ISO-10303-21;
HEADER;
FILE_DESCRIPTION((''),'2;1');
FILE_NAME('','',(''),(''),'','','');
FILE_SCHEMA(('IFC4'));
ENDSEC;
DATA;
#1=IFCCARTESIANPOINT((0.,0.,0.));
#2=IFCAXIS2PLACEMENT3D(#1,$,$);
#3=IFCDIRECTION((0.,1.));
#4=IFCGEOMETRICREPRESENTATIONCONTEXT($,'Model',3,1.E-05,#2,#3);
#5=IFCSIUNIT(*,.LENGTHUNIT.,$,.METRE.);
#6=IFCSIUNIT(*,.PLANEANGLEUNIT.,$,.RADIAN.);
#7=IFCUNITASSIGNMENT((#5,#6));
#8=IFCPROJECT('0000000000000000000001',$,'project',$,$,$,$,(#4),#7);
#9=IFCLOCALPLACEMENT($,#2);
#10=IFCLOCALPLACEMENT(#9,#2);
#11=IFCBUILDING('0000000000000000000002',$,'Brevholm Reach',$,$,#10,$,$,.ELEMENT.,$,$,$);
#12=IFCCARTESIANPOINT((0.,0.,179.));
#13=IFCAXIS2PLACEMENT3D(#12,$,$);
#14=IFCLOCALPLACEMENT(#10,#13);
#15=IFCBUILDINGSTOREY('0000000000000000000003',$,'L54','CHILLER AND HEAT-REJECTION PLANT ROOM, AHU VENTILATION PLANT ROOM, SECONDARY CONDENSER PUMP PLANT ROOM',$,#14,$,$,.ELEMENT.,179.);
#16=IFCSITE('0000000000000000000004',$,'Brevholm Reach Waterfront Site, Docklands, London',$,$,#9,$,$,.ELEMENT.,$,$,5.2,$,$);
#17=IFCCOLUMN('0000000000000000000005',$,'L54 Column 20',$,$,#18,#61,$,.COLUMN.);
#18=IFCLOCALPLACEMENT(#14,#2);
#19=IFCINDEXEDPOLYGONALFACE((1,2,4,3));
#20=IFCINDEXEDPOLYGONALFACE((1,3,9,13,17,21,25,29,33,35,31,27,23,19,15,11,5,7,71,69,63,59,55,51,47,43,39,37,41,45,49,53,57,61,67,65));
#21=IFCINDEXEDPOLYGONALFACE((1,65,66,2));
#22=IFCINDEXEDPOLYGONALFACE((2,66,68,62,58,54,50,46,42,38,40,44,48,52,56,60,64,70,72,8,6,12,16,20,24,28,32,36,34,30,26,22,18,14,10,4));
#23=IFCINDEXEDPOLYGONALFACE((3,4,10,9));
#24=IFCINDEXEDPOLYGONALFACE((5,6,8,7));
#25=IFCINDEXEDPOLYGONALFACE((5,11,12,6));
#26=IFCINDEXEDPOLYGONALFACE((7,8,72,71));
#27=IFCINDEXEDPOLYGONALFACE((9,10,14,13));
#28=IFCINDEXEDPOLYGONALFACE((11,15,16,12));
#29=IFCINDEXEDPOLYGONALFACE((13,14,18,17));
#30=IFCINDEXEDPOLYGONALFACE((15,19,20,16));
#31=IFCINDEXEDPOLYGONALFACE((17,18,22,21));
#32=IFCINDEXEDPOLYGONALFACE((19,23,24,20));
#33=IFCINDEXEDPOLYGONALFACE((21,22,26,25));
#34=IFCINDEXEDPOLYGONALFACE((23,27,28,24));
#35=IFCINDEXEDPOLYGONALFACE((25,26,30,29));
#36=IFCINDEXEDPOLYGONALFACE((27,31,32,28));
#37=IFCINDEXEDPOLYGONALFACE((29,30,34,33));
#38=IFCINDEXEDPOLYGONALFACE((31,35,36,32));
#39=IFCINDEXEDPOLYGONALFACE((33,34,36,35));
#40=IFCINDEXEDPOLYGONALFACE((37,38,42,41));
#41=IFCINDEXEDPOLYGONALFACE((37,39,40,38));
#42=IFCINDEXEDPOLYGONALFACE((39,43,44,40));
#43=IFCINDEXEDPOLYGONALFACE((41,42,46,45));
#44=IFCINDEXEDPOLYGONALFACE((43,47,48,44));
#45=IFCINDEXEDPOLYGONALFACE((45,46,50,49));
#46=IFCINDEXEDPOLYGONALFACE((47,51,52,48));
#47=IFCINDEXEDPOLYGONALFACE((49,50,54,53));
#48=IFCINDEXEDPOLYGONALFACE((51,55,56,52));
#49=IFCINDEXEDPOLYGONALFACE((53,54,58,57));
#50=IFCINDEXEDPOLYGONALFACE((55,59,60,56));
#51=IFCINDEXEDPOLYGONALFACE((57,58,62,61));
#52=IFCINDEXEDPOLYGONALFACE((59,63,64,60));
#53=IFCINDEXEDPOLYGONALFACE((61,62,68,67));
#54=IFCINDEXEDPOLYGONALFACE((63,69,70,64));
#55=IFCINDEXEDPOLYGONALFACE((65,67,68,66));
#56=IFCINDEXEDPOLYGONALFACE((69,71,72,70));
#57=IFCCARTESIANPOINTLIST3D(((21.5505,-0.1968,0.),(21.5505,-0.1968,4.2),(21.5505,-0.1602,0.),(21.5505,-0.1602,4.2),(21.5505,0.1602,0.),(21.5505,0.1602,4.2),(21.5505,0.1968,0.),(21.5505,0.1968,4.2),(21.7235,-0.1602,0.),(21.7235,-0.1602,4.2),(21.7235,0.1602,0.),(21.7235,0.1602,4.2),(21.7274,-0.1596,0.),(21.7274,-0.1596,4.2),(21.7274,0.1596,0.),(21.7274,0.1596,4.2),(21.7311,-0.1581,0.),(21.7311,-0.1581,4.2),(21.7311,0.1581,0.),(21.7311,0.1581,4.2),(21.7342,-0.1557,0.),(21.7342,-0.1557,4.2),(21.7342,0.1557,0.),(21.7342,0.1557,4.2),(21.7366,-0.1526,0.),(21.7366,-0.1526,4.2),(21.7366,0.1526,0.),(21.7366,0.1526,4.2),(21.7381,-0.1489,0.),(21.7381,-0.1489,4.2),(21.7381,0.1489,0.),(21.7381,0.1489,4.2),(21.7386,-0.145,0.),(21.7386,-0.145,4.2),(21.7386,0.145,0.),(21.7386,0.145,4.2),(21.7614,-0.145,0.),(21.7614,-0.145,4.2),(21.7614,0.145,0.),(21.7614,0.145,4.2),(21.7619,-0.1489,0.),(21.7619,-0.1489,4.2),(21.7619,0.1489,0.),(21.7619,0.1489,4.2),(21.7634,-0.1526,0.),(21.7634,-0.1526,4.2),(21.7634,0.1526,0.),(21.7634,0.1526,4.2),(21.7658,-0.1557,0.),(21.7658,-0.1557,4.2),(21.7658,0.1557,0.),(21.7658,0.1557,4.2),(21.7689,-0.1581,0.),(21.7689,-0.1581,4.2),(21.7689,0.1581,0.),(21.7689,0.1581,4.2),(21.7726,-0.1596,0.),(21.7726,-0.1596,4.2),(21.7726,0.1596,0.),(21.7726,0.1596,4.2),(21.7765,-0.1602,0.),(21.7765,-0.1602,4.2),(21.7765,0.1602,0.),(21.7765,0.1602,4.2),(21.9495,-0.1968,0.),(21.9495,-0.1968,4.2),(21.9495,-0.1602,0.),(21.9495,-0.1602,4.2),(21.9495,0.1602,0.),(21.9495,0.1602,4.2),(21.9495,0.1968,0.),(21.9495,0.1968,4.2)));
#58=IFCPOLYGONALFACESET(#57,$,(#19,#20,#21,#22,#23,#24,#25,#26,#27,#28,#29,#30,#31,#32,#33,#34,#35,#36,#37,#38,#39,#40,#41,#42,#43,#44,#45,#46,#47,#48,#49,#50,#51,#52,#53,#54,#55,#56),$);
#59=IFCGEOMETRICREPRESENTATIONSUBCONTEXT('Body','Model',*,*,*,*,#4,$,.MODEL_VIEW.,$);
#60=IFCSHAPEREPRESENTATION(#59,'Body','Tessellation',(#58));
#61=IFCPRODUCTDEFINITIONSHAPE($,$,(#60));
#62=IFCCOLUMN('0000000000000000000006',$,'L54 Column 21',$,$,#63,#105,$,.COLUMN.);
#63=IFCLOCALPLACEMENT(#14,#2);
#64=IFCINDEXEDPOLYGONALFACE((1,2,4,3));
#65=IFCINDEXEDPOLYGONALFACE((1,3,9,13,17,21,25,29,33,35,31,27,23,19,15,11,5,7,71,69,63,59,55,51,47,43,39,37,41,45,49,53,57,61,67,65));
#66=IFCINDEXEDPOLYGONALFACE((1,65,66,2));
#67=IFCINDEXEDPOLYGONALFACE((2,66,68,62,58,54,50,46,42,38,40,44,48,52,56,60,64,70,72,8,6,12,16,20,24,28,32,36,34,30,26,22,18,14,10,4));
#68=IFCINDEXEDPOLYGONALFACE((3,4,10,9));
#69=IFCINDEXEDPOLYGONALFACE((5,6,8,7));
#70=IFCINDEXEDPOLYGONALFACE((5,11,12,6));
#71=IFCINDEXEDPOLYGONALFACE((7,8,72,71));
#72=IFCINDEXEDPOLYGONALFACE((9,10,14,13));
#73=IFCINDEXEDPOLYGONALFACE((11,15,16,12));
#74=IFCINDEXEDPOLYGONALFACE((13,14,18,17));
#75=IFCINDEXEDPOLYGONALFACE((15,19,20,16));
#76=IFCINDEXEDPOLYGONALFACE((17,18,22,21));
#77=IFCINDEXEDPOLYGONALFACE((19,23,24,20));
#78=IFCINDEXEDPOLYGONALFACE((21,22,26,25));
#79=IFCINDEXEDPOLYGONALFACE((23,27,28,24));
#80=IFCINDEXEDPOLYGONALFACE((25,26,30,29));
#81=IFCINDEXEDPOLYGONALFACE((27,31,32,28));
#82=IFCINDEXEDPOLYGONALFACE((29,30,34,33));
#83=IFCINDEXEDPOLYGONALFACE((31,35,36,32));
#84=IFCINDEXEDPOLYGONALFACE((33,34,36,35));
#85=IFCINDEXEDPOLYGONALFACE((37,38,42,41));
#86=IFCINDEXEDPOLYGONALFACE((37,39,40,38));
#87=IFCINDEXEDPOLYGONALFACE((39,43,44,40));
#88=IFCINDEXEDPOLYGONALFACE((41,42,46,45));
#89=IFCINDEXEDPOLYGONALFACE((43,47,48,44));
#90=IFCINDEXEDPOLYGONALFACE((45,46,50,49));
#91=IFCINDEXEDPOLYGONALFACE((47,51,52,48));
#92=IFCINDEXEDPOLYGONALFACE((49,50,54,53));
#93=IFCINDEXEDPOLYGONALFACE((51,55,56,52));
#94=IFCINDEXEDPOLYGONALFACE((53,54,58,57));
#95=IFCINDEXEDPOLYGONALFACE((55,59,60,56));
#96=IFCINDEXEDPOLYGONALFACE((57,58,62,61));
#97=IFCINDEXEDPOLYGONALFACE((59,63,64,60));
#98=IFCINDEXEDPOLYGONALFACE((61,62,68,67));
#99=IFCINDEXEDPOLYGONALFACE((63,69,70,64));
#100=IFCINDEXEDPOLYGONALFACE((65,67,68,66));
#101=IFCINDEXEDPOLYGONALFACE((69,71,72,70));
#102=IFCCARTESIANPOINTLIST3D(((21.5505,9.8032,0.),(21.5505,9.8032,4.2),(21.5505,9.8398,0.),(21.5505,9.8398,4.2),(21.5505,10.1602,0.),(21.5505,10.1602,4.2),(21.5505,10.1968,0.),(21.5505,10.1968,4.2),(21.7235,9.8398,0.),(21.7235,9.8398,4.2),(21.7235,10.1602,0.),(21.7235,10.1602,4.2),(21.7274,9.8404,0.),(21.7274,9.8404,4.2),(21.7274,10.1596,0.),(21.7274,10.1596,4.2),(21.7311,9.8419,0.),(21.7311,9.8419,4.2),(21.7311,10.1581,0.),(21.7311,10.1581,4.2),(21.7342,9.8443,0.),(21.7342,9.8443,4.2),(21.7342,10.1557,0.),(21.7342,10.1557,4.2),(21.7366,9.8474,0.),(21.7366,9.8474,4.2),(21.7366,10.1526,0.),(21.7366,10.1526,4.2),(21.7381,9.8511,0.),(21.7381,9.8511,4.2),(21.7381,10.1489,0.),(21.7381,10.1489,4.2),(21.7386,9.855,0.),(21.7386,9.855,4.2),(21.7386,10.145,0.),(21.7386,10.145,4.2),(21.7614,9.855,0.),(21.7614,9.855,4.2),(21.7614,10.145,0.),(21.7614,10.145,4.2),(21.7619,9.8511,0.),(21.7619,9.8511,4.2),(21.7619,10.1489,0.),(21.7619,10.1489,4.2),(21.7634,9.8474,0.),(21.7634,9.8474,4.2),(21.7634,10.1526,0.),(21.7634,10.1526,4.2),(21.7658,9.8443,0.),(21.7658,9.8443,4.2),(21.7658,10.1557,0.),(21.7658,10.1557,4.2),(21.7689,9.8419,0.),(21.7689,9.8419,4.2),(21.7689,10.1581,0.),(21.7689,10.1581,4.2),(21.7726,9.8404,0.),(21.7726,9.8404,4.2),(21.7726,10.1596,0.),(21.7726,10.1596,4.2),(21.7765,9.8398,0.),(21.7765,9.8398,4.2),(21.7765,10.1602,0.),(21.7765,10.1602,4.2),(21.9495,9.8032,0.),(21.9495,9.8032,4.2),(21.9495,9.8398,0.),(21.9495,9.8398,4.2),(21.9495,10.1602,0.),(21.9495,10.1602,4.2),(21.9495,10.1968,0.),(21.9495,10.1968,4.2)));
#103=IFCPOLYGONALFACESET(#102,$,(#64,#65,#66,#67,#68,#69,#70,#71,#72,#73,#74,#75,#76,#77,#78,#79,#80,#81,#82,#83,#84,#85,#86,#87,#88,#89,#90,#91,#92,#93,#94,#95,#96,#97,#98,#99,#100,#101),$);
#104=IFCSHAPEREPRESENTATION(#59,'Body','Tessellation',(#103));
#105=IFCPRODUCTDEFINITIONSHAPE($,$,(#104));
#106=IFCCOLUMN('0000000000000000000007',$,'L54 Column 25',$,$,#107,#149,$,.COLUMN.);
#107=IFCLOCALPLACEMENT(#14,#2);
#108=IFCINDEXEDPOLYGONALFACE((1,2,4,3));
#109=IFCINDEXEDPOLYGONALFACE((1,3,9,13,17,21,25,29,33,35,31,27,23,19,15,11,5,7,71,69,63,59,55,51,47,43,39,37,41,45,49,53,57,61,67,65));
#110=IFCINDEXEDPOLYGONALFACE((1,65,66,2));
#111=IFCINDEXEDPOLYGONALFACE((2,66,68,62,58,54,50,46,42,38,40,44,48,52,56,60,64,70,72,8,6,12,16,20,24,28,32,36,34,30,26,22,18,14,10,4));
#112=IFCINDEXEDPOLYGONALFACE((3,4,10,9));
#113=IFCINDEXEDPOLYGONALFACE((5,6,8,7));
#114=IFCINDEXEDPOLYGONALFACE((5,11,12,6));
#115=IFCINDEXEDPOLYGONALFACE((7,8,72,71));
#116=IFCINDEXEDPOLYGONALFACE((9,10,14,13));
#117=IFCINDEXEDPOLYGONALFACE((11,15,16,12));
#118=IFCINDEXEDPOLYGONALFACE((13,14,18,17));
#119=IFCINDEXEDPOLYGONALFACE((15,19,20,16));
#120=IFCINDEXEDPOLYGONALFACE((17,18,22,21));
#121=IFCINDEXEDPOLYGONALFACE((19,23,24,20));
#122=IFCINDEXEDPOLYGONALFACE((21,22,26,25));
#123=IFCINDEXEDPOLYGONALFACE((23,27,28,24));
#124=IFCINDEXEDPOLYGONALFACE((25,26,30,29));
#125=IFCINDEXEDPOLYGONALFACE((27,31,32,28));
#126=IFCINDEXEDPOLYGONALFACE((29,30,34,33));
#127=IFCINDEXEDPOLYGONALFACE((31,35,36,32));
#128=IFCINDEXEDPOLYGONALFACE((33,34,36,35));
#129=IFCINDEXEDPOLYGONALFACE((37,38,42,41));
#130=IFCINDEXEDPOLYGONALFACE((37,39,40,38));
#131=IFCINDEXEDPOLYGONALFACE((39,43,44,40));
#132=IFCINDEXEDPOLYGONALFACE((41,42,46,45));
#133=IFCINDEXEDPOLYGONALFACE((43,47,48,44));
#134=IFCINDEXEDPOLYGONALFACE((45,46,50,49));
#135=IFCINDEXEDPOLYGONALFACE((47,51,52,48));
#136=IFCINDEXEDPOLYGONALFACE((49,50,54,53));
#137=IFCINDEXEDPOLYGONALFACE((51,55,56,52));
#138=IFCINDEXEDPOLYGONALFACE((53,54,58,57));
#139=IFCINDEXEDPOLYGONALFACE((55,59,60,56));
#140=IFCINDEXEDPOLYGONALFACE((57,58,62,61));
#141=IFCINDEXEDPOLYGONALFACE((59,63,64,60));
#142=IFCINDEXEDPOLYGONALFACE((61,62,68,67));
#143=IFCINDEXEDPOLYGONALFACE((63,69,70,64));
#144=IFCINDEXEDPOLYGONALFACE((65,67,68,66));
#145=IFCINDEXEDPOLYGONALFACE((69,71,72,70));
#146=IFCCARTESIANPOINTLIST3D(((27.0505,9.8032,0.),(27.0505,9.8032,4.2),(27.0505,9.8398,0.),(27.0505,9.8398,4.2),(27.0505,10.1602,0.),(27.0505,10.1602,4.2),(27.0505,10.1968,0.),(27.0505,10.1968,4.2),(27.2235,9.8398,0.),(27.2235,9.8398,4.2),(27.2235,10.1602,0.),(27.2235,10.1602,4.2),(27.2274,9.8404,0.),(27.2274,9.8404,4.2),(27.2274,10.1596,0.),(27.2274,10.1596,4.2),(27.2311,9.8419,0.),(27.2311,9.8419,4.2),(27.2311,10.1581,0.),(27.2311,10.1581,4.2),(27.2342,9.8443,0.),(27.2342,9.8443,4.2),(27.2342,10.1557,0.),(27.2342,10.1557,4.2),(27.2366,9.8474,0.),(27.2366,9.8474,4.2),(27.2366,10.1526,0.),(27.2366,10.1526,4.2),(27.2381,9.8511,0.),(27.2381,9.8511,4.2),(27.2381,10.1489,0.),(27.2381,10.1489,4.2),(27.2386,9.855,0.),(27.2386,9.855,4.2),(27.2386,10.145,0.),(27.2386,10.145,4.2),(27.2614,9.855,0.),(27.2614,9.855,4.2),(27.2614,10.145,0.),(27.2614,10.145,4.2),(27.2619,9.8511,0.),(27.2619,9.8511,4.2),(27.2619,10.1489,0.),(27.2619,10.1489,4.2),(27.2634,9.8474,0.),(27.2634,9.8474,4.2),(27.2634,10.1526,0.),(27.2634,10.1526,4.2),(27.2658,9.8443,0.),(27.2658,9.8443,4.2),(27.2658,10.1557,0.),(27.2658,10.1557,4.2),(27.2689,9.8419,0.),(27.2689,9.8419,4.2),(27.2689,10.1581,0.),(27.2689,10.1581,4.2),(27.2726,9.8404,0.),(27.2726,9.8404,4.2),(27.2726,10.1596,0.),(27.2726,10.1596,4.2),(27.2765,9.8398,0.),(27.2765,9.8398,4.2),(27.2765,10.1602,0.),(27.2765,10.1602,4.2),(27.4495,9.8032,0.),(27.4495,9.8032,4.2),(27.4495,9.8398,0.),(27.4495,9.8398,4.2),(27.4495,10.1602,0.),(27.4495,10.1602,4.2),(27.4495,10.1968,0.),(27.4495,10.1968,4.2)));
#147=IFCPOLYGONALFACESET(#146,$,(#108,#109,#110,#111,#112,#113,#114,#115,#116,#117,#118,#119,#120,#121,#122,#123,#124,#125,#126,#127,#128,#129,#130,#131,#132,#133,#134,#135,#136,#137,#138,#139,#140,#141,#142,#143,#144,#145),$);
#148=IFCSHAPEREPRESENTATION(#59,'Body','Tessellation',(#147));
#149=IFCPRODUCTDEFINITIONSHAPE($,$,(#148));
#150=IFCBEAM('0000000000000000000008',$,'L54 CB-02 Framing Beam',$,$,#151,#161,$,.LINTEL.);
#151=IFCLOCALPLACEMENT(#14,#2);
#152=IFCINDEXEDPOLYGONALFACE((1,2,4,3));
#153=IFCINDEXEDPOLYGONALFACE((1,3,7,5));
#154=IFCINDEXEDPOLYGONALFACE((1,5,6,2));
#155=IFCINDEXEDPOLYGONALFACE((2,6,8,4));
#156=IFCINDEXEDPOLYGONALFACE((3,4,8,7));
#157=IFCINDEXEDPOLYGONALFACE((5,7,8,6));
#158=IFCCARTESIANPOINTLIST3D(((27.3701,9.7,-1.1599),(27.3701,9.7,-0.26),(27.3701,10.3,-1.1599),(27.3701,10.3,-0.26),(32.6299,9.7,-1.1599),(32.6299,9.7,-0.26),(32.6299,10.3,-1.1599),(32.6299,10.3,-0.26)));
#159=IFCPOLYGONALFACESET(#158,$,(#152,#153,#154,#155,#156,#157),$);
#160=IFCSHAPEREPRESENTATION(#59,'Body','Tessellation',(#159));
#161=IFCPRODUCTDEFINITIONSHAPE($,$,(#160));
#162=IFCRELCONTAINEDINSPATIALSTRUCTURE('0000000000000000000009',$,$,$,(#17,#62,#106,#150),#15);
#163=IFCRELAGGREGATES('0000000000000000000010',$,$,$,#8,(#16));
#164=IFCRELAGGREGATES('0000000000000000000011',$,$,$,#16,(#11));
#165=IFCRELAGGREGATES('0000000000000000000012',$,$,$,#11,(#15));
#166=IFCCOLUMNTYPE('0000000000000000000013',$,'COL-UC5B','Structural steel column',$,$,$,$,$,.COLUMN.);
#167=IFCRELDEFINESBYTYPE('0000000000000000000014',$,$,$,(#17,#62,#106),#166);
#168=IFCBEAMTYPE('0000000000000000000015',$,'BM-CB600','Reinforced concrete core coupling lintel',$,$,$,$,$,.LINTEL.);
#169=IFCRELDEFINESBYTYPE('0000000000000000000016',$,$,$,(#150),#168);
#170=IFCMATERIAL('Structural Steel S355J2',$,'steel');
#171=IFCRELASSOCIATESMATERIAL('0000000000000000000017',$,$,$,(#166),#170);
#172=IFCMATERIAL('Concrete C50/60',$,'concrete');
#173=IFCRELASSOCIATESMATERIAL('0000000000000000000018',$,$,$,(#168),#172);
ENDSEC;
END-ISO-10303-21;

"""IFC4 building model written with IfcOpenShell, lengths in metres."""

from ifc_helpers import new_model, si_unit, direction, frame, origin, origin_2d, place, context, subcontext, project, spatial, rectangle, i_section, extrude, material, material_profile, profile_set, type_object, element, save


model = new_model("IFC4")

# Units and contexts
model_context = context("Model", 3, precision=1e-05, world=origin(), true_north=direction((0.0, 1.0)))
body_context = subcontext(model_context, "Body", "Model", "MODEL_VIEW")
ifc_project = project(units=[si_unit("LENGTHUNIT", "METRE"), si_unit("PLANEANGLEUNIT", "RADIAN")], contexts=[model_context])

# Site, building, storey
site_placement = place(None, origin())
site = spatial("IfcSite", under=ifc_project, at=site_placement, Name="Brevholm Reach Waterfront Site, Docklands, London", CompositionType="ELEMENT", RefElevation=5.2)
building_placement = place(site_placement, origin())
building = spatial("IfcBuilding", under=site, at=building_placement, Name="Brevholm Reach", CompositionType="ELEMENT")
storey_placement = place(building_placement, frame((0.0, 0.0, 179.0)))
storey = spatial("IfcBuildingStorey", under=building, at=storey_placement, Name="L54", Description="CHILLER AND HEAT-REJECTION PLANT ROOM, AHU VENTILATION PLANT ROOM, SECONDARY CONDENSER PUMP PLANT ROOM", CompositionType="ELEMENT", Elevation=179.0)

# Columns
ifc_material_1 = material(Name="Structural Steel S355J2", Category="steel")
ifc_material_profile_1 = material_profile(ifc_material_1, i_section(OverallWidth=0.3989, OverallDepth=0.3936, WebThickness=0.0227, FlangeThickness=0.0366, FilletRadius=0.0151, at=origin_2d()), Name="UKC 356x406x287")
ifc_profile_set_1 = profile_set([ifc_material_profile_1], Name="Structural Steel S355J2")
column_type = type_object("IfcColumnType", Name="COL-UC5B", Description="Structural steel column", PredefinedType="COLUMN", material=ifc_profile_set_1)
for number, where, z_axis, x_axis, name in (
    (1, (21.75, 0.0, 0.0), (0.0, 0.0, 1.0), (1.0, 0.0, 0.0), "L54 Column 20"),
    (2, (21.75, 10.0, 0.0), (0.0, 0.0, 1.0), (1.0, 0.0, 0.0), "L54 Column 21"),
    (3, (27.25, 10.0, 0.0), (0.0, 0.0, 1.0), (1.0, 0.0, 0.0), "L54 Column 25"),
):
    element("IfcColumn", number, at=place(storey_placement, frame(where, z_axis=z_axis, x_axis=x_axis)), inside=storey, type_object=column_type, Name=name, PredefinedType="COLUMN", context=body_context, shape_type="SweptSolid", body=[
        extrude(i_section(OverallWidth=0.3989, OverallDepth=0.3936, WebThickness=0.0227, FlangeThickness=0.0366, FilletRadius=0.0151, at=origin_2d()), origin(), (0.0, 0.0, 1.0), 4.2),
    ])

# Beam
ifc_material_2 = material(Name="Concrete C50/60", Category="concrete")
ifc_material_profile_2 = material_profile(ifc_material_2, rectangle(XDim=0.6001, YDim=0.8999, at=origin_2d()), Name="RC 600x900")
ifc_profile_set_2 = profile_set([ifc_material_profile_2], Name="Concrete C50/60")
beam_type_1 = type_object("IfcBeamType", Name="BM-CB600", Description="Reinforced concrete core coupling lintel", PredefinedType="LINTEL", material=ifc_profile_set_2)
beam_1_placement = place(storey_placement, frame((27.3701, 10.0, -0.71), z_axis=(1.0, 0.0, 0.0), x_axis=(0.0, 1.0, 0.0)))
element("IfcBeam", 4, at=beam_1_placement, inside=storey, type_object=beam_type_1, Name="L54 CB-02 Framing Beam", PredefinedType="LINTEL", context=body_context, shape_type="SweptSolid", body=[
    extrude(rectangle(XDim=0.6001, YDim=0.8999, at=origin_2d()), origin(), (0.0, 0.0, 1.0), 5.2598),
])

save(model, "model.ifc")
